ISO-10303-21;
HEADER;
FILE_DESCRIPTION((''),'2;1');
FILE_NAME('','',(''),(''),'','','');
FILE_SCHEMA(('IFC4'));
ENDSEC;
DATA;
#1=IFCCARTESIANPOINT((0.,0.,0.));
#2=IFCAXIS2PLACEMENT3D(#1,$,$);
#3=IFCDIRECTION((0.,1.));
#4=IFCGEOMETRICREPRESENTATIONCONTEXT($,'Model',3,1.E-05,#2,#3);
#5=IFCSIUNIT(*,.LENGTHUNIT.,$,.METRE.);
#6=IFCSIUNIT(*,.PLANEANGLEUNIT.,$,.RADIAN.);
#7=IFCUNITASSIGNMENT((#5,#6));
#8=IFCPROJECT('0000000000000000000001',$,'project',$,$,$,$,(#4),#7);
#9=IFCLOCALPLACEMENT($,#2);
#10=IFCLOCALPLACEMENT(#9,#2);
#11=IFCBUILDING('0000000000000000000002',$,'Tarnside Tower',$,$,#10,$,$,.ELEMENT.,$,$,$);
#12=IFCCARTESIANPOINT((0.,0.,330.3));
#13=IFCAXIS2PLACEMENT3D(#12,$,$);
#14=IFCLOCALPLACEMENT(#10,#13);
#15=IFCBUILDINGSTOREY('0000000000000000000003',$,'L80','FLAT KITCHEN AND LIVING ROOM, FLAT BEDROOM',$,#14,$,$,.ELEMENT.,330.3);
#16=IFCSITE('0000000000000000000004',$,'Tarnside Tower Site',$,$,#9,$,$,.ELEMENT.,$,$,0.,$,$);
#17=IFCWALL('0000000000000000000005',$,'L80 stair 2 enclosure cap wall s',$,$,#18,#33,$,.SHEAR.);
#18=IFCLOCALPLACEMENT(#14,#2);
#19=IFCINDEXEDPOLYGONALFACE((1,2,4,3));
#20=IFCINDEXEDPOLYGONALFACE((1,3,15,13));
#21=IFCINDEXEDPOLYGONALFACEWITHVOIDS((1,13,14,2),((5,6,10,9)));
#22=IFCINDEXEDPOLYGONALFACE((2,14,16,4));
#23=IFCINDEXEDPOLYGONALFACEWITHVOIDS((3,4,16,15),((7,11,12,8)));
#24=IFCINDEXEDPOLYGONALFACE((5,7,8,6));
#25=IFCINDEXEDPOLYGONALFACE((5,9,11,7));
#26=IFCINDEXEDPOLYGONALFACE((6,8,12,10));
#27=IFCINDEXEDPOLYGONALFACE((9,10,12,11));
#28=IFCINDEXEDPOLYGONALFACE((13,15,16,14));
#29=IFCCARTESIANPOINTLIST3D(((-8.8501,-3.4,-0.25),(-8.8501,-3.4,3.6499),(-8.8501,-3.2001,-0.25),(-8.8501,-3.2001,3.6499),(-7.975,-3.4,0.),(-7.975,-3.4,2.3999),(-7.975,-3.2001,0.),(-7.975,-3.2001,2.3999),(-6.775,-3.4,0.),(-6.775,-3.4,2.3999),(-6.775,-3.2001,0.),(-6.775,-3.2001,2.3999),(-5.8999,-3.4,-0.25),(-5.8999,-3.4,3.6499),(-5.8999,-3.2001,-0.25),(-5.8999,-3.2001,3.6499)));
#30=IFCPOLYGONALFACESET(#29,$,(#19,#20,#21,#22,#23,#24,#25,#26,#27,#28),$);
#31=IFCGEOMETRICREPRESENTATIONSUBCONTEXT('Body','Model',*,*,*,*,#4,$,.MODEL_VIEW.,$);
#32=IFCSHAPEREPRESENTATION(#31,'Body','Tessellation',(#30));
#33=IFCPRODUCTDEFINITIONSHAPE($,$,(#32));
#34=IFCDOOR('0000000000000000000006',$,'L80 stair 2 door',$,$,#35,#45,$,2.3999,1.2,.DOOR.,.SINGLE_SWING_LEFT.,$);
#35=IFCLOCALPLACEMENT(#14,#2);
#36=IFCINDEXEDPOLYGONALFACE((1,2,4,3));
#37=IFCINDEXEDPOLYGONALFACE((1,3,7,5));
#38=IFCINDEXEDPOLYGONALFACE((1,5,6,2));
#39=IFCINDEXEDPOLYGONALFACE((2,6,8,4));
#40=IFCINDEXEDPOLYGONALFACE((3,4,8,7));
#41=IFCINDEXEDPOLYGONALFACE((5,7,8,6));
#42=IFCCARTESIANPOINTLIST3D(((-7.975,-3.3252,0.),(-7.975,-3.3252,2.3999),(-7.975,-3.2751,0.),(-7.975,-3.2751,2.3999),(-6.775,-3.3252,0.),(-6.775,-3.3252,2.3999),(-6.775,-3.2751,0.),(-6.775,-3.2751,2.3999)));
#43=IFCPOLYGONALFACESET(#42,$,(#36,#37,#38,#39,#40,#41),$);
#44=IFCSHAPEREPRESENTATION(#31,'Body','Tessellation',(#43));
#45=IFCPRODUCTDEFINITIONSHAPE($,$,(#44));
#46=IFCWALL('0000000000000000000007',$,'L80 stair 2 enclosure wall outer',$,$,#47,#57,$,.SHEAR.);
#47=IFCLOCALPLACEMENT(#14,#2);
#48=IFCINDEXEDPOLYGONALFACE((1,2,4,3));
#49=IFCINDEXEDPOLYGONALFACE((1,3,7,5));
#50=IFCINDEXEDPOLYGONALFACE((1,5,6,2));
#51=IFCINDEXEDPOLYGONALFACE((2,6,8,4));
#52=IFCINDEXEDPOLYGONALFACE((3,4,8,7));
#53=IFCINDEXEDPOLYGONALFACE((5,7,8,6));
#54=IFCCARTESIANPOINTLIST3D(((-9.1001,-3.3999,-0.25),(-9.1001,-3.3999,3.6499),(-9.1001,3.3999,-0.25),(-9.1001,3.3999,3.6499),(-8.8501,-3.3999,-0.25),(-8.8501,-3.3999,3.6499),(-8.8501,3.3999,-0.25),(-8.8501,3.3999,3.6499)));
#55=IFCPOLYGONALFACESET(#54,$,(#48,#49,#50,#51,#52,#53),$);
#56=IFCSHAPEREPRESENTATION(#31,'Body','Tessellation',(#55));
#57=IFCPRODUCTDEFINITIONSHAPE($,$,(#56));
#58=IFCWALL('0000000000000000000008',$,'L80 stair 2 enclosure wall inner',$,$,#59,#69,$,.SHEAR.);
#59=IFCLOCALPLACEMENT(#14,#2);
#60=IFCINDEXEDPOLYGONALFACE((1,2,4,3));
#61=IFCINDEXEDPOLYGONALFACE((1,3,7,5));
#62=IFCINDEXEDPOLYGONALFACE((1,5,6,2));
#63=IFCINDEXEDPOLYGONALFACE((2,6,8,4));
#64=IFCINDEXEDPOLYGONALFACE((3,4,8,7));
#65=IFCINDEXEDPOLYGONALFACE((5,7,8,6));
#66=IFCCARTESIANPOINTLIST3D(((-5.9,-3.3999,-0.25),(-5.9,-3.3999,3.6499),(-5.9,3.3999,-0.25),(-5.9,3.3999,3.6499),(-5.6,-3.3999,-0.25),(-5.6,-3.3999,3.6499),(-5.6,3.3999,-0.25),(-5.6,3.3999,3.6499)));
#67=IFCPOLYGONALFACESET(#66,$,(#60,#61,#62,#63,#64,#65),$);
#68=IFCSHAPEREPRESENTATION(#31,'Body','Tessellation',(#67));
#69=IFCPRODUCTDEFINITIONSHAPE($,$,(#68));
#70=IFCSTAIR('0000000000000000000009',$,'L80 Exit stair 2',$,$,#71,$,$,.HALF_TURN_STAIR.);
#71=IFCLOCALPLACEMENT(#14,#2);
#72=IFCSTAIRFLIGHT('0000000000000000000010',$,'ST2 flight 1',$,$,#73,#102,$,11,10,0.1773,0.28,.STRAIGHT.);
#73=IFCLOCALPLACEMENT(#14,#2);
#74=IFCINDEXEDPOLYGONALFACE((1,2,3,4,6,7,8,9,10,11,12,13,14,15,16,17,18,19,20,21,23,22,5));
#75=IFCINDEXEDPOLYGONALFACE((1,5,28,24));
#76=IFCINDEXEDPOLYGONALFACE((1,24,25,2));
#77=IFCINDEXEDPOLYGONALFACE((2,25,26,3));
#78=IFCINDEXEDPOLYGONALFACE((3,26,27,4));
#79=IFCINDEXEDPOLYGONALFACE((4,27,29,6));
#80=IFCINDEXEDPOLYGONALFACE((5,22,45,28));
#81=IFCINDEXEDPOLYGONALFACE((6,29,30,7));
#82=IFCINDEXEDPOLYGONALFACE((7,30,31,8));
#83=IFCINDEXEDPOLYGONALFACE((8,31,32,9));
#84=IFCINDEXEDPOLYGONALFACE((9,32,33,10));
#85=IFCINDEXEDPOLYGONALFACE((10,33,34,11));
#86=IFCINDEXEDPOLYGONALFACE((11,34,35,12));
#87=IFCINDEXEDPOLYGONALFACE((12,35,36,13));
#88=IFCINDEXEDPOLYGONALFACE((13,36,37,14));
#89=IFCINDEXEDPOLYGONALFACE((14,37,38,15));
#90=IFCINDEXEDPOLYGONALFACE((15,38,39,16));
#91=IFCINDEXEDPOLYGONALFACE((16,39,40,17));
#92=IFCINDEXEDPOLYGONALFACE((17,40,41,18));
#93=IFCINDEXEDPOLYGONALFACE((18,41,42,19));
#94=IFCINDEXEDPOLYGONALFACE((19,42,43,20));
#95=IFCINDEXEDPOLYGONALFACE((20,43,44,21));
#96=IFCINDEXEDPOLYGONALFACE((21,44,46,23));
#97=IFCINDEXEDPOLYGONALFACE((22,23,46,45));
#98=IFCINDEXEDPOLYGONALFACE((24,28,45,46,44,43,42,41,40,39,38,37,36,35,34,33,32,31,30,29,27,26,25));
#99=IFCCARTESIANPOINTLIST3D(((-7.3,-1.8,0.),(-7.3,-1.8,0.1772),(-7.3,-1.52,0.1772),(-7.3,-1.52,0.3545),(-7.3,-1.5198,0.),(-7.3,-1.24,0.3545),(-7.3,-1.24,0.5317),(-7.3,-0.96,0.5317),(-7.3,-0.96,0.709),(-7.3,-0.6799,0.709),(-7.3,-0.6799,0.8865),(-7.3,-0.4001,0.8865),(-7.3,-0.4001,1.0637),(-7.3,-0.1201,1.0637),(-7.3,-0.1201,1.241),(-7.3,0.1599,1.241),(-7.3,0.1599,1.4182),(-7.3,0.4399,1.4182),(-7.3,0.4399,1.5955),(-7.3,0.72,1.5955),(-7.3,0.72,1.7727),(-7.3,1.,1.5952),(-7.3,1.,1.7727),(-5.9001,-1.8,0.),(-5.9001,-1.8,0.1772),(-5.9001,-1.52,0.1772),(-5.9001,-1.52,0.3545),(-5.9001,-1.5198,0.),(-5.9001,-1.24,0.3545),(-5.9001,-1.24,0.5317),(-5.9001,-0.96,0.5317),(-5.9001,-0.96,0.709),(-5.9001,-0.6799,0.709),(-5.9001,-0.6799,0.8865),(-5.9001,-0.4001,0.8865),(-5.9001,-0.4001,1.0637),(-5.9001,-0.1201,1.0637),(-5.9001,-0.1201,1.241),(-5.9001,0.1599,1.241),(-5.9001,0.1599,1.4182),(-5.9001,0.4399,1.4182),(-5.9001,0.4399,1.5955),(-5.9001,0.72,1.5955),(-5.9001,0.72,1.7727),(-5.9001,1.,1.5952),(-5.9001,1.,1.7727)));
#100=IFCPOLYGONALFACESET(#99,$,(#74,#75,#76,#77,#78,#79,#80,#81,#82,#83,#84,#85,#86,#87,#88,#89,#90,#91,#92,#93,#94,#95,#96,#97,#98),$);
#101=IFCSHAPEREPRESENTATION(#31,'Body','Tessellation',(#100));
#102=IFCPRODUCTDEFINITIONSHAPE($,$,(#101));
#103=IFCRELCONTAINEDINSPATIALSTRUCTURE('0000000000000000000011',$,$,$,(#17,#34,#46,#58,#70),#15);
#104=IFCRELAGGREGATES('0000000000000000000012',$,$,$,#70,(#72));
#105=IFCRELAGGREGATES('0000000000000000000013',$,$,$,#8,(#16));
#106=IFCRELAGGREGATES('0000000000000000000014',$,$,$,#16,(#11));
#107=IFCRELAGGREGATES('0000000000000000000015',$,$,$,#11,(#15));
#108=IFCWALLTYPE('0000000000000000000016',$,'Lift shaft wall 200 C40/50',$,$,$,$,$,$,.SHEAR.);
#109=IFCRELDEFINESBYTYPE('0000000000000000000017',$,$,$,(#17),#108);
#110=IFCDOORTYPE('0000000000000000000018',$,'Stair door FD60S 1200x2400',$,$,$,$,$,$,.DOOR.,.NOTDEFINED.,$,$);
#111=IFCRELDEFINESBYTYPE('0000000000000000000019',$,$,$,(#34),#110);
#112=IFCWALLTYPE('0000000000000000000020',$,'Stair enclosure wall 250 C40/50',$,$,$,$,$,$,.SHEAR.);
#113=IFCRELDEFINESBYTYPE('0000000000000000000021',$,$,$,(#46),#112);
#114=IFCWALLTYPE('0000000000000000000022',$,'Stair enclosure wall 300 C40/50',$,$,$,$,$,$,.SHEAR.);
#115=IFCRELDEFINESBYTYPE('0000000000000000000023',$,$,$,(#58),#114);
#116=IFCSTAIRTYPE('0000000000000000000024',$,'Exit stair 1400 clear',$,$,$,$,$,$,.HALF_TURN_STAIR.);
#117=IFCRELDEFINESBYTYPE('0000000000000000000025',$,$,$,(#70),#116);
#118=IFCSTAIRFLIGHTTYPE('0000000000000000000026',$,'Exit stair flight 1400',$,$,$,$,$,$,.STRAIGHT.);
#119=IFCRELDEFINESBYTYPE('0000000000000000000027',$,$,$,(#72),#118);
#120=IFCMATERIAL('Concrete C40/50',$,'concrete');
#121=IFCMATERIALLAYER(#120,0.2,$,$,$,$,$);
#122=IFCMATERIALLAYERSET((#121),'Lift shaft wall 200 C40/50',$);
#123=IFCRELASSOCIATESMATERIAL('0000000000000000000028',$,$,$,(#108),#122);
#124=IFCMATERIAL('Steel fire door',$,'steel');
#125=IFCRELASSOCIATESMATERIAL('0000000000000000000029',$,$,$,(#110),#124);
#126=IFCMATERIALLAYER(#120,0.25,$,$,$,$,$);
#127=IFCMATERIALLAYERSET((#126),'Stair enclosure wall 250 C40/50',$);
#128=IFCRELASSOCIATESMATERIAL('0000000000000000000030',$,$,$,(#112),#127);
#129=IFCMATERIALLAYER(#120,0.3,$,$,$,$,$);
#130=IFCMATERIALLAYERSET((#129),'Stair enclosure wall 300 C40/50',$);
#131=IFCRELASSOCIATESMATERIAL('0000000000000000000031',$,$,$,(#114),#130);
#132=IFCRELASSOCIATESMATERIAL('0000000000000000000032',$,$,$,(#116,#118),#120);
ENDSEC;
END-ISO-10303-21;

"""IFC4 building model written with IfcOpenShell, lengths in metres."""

from ifc_helpers import new_model, si_unit, direction, frame, frame_2d, origin, place, context, subcontext, project, spatial, polyline, rectangle, outline, extrude, material, layer, layer_set, type_object, element, fill, aggregate, save


model = new_model("IFC4")

# Units and contexts
model_context = context("Model", 3, precision=1e-05, world=origin(), true_north=direction((0.0, 1.0)))
body_context = subcontext(model_context, "Body", "Model", "MODEL_VIEW")
ifc_project = project(units=[si_unit("LENGTHUNIT", "METRE"), si_unit("PLANEANGLEUNIT", "RADIAN")], contexts=[model_context])

# Site, building, storey
site_placement = place(None, origin())
site = spatial("IfcSite", under=ifc_project, at=site_placement, Name="Tarnside Tower Site", CompositionType="ELEMENT", RefElevation=0.0)
building_placement = place(site_placement, origin())
building = spatial("IfcBuilding", under=site, at=building_placement, Name="Tarnside Tower", CompositionType="ELEMENT")
storey_placement = place(building_placement, frame((0.0, 0.0, 330.3)))
storey = spatial("IfcBuildingStorey", under=building, at=storey_placement, Name="L80", Description="FLAT KITCHEN AND LIVING ROOM, FLAT BEDROOM", CompositionType="ELEMENT", Elevation=330.3)

# Shared definitions
ifc_material_1 = material(Name="Concrete C40/50", Category="concrete")
ifc_material_2 = material(Name="Steel fire door", Category="steel")

# Shared definitions
ifc_layer_1 = layer(ifc_material_1, 0.2)
ifc_layer_set_1 = layer_set([ifc_layer_1], Name="Lift shaft wall 200 C40/50")
wall_type_1 = type_object("IfcWallType", Name="Lift shaft wall 200 C40/50", PredefinedType="SHEAR", material=ifc_layer_set_1)

# Wall, opening, door
wall_1_placement = place(storey_placement, frame((-8.8501, -3.3, -0.25), z_axis=(0.0, 0.0, 1.0), x_axis=(1.0, 0.0, 0.0)))
wall_1 = element("IfcWall", 1, at=wall_1_placement, inside=storey, type_object=wall_type_1, Name="L80 stair 2 enclosure cap wall s", PredefinedType="SHEAR", context=body_context, shape_type="SweptSolid", body=[
    extrude(rectangle(XDim=2.9502, YDim=0.2, at=frame_2d((1.4751, 0.0))), origin(), (0.0, 0.0, 1.0), 3.8999),
])
opening_1_placement = place(wall_1_placement, frame((0.875, 0.0, 0.25)))
opening_1 = element("IfcOpeningElement", 2, at=opening_1_placement, cuts=wall_1, PredefinedType="OPENING", context=body_context, shape_type="SweptSolid", body=[
    extrude(rectangle(XDim=1.2, YDim=2.3999, at=frame_2d((0.6001, 1.2))), frame((0.0, 0.1099, 0.0), z_axis=(0.0, -1.0, 0.0), x_axis=(1.0, 0.0, 0.0)), (0.0, 0.0, 1.0), 0.22),
])
door_type_1 = type_object("IfcDoorType", Name="Stair door FD60S 1200x2400", OperationType="NOTDEFINED", PredefinedType="DOOR", material=ifc_material_2)
door_1_placement = place(opening_1_placement, origin())
door_1 = element("IfcDoor", 3, at=door_1_placement, inside=storey, type_object=door_type_1, Name="L80 stair 2 door", OperationType="SINGLE_SWING_LEFT", OverallHeight=2.3999, OverallWidth=1.2, PredefinedType="DOOR", context=body_context, shape_type="SweptSolid", body=[
    extrude(rectangle(XDim=1.2, YDim=2.3999, at=frame_2d((0.6001, 1.2))), frame((0.0, 0.0249, 0.0), z_axis=(0.0, -1.0, 0.0), x_axis=(1.0, 0.0, 0.0)), (0.0, 0.0, 1.0), 0.05),
])
fill(opening_1, door_1)

# Walls
ifc_layer_2 = layer(ifc_material_1, 0.25)
ifc_layer_set_2 = layer_set([ifc_layer_2], Name="Stair enclosure wall 250 C40/50")
wall_type_2 = type_object("IfcWallType", Name="Stair enclosure wall 250 C40/50", PredefinedType="SHEAR", material=ifc_layer_set_2)
wall_2_placement = place(storey_placement, frame((-8.9751, -3.3999, -0.25), z_axis=(0.0, 0.0, 1.0), x_axis=(0.0, 1.0, 0.0)))
element("IfcWall", 4, at=wall_2_placement, inside=storey, type_object=wall_type_2, Name="L80 stair 2 enclosure wall outer", PredefinedType="SHEAR", context=body_context, shape_type="SweptSolid", body=[
    extrude(rectangle(XDim=6.7998, YDim=0.25, at=frame_2d((3.3999, 0.0))), origin(), (0.0, 0.0, 1.0), 3.8999),
])
ifc_layer_3 = layer(ifc_material_1, 0.3)
ifc_layer_set_3 = layer_set([ifc_layer_3], Name="Stair enclosure wall 300 C40/50")
wall_type_3 = type_object("IfcWallType", Name="Stair enclosure wall 300 C40/50", PredefinedType="SHEAR", material=ifc_layer_set_3)
wall_3_placement = place(storey_placement, frame((-5.75, -3.3999, -0.25), z_axis=(0.0, 0.0, 1.0), x_axis=(0.0, 1.0, 0.0)))
element("IfcWall", 5, at=wall_3_placement, inside=storey, type_object=wall_type_3, Name="L80 stair 2 enclosure wall inner", PredefinedType="SHEAR", context=body_context, shape_type="SweptSolid", body=[
    extrude(rectangle(XDim=6.7998, YDim=0.3, at=frame_2d((3.3999, 0.0))), origin(), (0.0, 0.0, 1.0), 3.8999),
])

# Stair, stair flight
stair_type = type_object("IfcStairType", Name="Exit stair 1400 clear", PredefinedType="HALF_TURN_STAIR", material=ifc_material_1)
stair_placement = place(storey_placement, origin())
stair = element("IfcStair", 6, at=stair_placement, inside=storey, type_object=stair_type, Name="L80 Exit stair 2", PredefinedType="HALF_TURN_STAIR")
stair_flight_type = type_object("IfcStairFlightType", Name="Exit stair flight 1400", PredefinedType="STRAIGHT", material=ifc_material_1)
stair_flight_placement = place(storey_placement, frame((-6.6001, -1.8, 0.0), z_axis=(0.0, 0.0, 1.0), x_axis=(0.0, 1.0, 0.0)))
stair_flight = element("IfcStairFlight", 7, at=stair_flight_placement, type_object=stair_flight_type, Name="ST2 flight 1", NumberOfRisers=11, NumberOfTreads=10, PredefinedType="STRAIGHT", RiserHeight=0.1773, TreadLength=0.28, context=body_context, shape_type="SweptSolid", body=[
    extrude(outline(polyline([(0.0, 0.0), (0.0, 0.1772), (0.28, 0.1772), (0.28, 0.3545), (0.5601, 0.3545), (0.5601, 0.5317), (0.8401, 0.5317), (0.8401, 0.709), (1.1201, 0.709), (1.1201, 0.8865), (1.3999, 0.8865), (1.3999, 1.0637), (1.6799, 1.0637), (1.6799, 1.241), (1.96, 1.241), (1.96, 1.4182), (2.24, 1.4182), (2.24, 1.5955), (2.52, 1.5955), (2.52, 1.7727), (2.8, 1.7727), (2.8, 1.95), (2.8, 1.5952), (0.2803, 0.0), (0.0, 0.0)])), frame((0.0, 0.7, 0.0), z_axis=(0.0, -1.0, 0.0), x_axis=(1.0, 0.0, 0.0)), (0.0, 0.0, 1.0), 1.3999),
])
aggregate(stair, [stair_flight])

save(model, "model.ifc")
